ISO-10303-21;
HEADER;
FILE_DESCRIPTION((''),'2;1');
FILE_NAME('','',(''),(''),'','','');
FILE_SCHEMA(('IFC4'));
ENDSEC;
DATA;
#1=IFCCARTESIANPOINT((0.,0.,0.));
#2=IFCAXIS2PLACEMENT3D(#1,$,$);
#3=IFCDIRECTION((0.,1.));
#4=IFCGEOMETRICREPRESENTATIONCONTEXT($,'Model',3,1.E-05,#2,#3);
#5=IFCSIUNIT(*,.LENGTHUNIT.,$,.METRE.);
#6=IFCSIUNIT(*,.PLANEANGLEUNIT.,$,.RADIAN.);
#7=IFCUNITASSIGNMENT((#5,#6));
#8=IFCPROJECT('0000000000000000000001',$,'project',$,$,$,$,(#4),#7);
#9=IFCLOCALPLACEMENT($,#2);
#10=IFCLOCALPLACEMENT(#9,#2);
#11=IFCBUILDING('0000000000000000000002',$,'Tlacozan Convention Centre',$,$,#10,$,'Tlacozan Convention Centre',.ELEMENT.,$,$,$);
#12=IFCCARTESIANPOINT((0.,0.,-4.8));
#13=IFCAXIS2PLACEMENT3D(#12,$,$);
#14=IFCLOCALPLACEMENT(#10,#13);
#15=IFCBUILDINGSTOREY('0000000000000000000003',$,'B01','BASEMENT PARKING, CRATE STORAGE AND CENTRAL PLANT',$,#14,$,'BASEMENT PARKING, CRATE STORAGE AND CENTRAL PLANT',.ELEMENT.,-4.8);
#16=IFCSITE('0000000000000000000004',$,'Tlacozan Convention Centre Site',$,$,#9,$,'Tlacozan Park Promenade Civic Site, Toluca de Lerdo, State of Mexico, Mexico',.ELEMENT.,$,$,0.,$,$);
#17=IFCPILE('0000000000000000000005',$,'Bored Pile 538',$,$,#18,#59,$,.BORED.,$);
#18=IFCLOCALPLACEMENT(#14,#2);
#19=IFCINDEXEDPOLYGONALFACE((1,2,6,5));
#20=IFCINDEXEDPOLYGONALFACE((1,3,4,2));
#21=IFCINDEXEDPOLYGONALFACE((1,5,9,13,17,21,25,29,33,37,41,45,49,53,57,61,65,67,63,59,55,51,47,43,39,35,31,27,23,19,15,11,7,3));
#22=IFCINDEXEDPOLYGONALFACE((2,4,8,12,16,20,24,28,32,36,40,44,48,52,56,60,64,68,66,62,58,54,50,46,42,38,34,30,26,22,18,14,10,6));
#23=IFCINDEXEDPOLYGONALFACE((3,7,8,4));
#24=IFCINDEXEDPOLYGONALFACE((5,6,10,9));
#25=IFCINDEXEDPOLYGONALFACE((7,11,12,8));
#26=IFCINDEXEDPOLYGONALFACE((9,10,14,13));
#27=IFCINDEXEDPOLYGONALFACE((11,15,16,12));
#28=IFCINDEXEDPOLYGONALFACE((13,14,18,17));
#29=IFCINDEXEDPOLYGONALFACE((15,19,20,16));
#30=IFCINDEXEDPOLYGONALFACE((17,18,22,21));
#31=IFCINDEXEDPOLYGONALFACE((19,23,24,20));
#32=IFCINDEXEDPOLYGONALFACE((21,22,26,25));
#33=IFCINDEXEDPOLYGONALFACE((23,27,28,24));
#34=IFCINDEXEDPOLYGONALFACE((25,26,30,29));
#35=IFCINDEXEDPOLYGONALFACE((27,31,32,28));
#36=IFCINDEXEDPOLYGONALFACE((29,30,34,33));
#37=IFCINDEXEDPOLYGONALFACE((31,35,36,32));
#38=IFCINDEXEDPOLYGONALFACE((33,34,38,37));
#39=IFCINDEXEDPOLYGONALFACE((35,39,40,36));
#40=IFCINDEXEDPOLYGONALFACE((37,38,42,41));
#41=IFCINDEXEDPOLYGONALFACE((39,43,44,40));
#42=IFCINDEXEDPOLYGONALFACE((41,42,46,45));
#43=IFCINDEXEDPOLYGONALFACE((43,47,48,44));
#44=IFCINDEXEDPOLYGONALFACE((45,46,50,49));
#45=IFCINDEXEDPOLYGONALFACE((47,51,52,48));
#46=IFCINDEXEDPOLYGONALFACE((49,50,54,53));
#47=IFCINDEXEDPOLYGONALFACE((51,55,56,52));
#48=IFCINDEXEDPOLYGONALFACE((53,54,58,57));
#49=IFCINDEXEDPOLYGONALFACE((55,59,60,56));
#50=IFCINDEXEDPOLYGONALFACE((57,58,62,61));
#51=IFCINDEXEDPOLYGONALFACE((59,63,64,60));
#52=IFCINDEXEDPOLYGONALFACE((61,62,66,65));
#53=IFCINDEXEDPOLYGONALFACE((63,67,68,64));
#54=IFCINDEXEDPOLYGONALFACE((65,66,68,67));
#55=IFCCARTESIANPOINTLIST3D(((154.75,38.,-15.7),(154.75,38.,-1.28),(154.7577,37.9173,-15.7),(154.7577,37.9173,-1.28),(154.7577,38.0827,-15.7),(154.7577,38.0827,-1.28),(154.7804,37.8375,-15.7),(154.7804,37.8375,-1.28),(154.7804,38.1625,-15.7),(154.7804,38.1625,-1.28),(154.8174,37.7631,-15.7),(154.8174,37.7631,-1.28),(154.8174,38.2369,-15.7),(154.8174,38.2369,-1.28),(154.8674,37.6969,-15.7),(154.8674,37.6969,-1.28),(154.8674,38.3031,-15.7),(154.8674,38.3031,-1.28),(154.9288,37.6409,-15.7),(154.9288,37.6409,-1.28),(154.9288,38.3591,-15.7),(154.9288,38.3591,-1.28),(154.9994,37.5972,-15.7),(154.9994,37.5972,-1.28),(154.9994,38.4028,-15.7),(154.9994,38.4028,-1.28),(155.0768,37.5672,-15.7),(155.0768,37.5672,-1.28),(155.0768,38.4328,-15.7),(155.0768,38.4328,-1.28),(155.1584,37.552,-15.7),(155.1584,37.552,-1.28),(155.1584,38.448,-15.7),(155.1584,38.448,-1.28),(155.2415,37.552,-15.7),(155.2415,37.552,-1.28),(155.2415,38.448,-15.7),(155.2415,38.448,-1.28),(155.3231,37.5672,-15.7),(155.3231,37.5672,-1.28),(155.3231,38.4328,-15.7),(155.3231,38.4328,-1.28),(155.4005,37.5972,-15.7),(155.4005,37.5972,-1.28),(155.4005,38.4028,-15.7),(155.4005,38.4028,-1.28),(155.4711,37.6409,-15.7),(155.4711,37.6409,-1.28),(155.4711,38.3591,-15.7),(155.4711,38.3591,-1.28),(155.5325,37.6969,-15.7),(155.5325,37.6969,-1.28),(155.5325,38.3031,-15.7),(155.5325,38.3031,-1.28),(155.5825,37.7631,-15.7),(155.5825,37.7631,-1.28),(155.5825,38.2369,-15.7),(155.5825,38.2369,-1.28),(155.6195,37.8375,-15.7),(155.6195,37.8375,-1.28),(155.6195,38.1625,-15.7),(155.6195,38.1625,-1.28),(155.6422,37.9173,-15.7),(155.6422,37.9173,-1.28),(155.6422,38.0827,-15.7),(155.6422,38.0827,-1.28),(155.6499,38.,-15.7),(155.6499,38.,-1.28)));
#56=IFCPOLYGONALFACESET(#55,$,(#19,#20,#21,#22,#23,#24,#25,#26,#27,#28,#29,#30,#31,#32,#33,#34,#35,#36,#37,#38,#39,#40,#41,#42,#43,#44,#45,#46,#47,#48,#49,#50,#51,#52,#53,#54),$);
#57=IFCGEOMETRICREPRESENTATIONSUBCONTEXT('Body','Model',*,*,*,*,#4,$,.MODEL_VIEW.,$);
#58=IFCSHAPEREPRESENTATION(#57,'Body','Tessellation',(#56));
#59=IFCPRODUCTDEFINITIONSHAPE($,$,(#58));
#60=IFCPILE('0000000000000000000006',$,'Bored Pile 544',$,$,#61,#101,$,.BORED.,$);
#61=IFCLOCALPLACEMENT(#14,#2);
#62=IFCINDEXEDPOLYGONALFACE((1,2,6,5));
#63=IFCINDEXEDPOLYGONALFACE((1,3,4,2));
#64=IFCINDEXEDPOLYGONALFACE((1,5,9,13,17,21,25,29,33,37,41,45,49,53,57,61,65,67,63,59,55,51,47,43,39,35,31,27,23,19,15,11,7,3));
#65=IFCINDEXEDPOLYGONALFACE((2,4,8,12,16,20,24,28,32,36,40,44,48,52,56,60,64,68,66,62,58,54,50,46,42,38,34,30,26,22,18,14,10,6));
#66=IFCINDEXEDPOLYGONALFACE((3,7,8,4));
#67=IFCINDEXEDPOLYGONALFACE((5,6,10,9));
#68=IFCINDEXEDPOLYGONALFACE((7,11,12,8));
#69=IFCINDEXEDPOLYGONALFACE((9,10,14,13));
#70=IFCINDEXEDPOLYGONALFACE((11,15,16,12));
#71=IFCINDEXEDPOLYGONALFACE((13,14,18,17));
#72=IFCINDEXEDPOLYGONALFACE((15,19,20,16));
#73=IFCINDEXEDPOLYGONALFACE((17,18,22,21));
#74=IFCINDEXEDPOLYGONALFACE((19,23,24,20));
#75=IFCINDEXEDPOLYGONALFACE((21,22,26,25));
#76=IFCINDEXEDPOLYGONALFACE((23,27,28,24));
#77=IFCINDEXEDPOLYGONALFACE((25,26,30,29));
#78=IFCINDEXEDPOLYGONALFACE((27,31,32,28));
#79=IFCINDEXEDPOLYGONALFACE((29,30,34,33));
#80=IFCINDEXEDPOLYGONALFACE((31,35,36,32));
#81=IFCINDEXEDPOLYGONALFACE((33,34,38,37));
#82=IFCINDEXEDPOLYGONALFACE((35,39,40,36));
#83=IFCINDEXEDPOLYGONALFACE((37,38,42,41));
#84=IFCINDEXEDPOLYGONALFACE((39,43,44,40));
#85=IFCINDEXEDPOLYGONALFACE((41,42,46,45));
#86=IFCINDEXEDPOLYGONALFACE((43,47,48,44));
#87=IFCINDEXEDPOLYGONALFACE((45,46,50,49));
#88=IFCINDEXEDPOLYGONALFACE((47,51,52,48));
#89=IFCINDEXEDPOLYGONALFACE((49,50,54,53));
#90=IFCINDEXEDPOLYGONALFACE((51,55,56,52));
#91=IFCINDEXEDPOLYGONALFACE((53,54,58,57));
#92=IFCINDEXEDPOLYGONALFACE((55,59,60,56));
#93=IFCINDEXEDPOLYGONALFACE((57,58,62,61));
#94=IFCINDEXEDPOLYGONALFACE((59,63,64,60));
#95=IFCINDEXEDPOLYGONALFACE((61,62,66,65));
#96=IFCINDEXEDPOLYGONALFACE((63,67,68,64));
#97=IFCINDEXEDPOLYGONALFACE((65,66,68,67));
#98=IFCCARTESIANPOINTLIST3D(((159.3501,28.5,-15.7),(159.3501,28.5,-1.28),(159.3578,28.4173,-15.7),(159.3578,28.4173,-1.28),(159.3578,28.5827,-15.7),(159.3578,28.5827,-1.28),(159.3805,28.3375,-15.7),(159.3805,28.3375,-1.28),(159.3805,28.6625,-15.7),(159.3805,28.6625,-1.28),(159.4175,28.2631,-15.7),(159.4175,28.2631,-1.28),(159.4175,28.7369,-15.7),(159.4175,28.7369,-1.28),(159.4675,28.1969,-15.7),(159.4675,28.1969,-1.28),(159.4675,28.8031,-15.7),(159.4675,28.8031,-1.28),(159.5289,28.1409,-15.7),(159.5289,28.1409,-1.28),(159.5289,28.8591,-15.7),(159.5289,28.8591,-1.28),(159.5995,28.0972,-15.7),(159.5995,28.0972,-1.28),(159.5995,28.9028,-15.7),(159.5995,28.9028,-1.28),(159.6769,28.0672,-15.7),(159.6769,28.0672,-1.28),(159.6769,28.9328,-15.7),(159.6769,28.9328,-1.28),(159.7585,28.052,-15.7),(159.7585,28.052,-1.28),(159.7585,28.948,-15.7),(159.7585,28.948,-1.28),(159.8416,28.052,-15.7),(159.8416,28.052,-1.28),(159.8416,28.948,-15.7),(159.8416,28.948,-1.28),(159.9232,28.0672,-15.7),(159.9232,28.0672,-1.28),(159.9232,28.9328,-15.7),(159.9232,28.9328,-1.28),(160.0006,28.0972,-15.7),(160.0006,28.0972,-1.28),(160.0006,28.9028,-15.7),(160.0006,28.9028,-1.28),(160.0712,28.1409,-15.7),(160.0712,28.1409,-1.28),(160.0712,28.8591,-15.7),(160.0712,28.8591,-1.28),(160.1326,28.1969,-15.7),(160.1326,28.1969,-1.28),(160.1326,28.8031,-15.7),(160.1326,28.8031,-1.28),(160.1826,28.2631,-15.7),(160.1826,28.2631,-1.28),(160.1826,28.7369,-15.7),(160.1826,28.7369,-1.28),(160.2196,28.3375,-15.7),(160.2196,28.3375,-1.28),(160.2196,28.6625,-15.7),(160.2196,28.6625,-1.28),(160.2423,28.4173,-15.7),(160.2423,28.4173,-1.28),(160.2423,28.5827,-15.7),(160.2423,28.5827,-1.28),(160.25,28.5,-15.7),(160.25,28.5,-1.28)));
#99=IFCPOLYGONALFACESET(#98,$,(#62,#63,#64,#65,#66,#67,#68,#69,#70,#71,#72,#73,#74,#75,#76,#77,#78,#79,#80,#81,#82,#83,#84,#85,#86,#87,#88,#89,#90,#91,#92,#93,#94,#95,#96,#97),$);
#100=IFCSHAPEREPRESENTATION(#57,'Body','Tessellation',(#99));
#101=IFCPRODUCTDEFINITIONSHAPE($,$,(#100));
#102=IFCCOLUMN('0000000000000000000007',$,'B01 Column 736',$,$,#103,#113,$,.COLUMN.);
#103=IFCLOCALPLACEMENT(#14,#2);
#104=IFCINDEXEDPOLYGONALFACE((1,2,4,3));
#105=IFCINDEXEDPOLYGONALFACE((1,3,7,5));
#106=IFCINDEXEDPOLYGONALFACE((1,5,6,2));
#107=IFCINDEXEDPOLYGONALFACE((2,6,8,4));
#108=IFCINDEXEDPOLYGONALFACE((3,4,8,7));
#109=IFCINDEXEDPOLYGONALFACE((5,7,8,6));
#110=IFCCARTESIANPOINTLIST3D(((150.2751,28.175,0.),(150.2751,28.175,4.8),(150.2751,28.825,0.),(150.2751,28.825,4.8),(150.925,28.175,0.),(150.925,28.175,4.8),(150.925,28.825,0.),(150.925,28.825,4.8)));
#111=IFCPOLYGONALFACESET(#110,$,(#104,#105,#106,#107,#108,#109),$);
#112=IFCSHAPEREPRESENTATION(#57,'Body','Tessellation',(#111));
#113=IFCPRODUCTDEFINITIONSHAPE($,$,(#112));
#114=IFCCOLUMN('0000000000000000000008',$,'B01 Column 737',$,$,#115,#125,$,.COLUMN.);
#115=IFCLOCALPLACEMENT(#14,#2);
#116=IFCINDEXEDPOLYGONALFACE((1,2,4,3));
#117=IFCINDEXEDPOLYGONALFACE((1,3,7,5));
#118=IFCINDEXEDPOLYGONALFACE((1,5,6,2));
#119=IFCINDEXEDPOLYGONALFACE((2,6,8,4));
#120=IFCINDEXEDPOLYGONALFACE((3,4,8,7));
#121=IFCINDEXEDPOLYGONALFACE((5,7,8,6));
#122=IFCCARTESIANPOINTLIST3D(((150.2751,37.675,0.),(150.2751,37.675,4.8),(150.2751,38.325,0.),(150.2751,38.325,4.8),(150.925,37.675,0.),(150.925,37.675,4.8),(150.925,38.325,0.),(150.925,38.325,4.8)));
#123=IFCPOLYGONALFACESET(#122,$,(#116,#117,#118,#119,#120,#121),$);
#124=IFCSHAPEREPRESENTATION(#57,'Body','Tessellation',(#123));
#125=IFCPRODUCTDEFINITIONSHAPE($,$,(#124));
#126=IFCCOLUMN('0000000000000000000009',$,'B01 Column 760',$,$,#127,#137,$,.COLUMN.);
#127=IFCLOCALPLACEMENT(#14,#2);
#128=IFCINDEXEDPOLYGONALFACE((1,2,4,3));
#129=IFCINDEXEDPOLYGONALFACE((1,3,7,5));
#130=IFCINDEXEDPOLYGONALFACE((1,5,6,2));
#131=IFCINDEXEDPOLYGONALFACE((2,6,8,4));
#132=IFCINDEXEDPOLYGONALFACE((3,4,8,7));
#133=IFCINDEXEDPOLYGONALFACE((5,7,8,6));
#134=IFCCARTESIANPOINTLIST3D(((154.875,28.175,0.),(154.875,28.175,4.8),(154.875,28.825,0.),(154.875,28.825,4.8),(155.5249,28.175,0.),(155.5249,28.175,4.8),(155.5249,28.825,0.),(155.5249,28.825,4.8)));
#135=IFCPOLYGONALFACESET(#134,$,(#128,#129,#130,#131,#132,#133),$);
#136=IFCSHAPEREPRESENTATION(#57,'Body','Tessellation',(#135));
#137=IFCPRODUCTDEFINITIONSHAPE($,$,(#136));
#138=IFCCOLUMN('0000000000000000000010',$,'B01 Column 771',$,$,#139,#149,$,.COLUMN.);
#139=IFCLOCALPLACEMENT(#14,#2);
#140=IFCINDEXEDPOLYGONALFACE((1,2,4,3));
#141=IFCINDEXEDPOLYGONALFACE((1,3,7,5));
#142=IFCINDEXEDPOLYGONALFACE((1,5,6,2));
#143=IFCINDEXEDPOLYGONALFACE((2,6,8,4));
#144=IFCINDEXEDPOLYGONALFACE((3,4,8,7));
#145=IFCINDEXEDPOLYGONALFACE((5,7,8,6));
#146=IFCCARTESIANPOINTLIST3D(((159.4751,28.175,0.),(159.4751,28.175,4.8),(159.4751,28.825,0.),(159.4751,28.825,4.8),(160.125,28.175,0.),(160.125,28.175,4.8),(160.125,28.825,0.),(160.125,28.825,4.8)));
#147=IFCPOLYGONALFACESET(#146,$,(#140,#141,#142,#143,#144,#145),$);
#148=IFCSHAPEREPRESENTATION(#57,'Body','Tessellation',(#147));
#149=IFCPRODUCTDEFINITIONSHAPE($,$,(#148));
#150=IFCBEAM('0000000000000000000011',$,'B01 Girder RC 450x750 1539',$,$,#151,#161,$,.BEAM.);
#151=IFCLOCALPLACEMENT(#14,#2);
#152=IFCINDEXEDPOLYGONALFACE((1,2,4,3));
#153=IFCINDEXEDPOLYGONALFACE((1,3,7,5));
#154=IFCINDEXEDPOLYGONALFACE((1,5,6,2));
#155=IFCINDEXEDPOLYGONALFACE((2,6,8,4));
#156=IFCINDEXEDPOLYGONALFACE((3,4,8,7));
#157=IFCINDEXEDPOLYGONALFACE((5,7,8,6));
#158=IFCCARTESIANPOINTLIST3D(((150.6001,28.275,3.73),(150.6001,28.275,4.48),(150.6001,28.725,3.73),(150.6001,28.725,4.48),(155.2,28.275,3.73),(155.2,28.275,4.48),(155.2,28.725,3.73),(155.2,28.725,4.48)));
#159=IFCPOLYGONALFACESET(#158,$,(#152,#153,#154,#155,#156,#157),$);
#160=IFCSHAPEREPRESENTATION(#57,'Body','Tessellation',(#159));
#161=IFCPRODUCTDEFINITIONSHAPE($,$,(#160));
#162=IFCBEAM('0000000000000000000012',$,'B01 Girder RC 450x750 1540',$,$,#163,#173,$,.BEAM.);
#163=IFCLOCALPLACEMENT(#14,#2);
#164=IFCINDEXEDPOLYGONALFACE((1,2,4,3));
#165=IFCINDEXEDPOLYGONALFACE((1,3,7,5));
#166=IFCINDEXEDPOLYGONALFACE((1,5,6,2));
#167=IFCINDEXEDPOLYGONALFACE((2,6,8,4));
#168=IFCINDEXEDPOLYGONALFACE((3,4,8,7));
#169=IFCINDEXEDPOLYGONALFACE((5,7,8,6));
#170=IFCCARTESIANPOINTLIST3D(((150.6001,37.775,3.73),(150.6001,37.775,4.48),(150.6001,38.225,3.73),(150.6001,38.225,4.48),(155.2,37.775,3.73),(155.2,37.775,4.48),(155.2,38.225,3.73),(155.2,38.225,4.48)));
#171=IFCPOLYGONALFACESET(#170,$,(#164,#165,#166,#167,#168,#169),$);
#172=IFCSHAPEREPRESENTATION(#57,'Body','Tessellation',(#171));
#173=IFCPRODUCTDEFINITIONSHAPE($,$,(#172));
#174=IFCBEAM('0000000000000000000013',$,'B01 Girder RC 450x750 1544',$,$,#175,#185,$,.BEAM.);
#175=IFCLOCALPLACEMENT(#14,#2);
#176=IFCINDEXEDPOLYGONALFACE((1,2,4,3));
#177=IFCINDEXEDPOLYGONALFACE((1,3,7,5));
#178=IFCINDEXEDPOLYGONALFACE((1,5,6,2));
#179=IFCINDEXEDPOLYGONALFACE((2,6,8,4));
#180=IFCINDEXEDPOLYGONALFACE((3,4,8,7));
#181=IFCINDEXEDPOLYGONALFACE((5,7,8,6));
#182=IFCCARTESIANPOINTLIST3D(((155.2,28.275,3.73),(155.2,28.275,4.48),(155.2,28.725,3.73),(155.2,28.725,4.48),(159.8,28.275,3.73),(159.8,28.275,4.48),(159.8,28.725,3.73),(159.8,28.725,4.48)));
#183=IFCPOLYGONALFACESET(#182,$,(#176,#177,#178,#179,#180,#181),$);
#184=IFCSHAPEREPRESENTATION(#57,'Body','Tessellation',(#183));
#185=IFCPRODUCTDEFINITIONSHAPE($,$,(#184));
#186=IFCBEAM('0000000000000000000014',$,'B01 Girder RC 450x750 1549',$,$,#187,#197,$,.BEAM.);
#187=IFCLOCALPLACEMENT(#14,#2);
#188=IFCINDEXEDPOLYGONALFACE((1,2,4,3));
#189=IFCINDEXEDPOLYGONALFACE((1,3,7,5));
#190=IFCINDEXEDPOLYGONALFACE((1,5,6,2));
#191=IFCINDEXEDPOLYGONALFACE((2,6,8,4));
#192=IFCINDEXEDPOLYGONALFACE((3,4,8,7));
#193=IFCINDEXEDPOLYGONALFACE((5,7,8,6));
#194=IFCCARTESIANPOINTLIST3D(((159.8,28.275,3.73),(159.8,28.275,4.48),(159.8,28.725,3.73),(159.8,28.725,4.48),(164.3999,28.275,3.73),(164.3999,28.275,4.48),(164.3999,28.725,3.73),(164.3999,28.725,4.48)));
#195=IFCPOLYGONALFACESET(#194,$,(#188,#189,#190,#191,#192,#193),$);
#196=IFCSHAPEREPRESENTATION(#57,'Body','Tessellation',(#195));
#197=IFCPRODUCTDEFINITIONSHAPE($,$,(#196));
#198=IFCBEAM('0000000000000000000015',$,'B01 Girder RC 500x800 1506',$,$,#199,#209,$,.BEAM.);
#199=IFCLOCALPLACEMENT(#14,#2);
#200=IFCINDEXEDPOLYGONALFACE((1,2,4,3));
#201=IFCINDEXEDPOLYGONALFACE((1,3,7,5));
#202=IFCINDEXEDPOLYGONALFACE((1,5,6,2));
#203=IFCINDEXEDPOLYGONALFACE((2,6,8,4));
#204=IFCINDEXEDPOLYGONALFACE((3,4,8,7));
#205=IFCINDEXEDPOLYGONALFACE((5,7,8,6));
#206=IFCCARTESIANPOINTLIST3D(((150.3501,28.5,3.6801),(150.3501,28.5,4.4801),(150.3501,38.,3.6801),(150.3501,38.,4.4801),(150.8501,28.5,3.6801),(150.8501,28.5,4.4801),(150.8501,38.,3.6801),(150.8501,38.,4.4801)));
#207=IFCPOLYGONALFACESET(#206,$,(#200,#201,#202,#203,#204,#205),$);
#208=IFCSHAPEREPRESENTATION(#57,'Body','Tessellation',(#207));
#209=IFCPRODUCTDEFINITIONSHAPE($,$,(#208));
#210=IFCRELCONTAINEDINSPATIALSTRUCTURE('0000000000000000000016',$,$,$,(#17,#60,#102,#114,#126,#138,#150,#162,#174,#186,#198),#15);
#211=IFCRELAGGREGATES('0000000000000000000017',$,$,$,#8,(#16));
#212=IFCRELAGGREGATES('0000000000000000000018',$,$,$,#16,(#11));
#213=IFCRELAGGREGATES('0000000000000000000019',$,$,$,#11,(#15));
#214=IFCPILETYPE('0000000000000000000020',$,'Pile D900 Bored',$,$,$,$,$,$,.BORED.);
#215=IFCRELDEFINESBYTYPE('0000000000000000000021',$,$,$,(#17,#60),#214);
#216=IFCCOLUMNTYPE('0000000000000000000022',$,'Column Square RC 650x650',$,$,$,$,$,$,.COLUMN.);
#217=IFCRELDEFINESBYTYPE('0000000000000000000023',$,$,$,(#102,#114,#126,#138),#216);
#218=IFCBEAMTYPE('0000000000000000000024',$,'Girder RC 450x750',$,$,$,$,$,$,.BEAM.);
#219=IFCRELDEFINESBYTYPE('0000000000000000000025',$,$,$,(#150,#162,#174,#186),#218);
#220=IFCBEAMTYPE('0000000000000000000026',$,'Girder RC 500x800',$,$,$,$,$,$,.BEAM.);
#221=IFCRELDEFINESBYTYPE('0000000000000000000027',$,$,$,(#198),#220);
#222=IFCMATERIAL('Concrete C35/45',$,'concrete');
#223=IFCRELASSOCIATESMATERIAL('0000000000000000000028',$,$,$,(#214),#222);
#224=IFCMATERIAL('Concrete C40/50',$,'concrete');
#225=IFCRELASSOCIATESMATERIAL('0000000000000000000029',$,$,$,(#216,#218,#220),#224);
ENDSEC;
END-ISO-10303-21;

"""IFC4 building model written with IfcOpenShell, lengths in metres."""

from ifc_helpers import new_model, si_unit, direction, frame, origin, origin_2d, place, context, subcontext, project, spatial, rectangle, circle, extrude, material, material_profile, profile_set, type_object, element, save


model = new_model("IFC4")

# Units and contexts
model_context = context("Model", 3, precision=1e-05, world=origin(), true_north=direction((0.0, 1.0)))
body_context = subcontext(model_context, "Body", "Model", "MODEL_VIEW")
ifc_project = project(units=[si_unit("LENGTHUNIT", "METRE"), si_unit("PLANEANGLEUNIT", "RADIAN")], contexts=[model_context])

# Site, building, storey
site_placement = place(None, origin())
site = spatial("IfcSite", under=ifc_project, at=site_placement, Name="Tlacozan Convention Centre Site", LongName="Tlacozan Park Promenade Civic Site, Toluca de Lerdo, State of Mexico, Mexico", CompositionType="ELEMENT", RefElevation=0.0)
building_placement = place(site_placement, origin())
building = spatial("IfcBuilding", under=site, at=building_placement, Name="Tlacozan Convention Centre", LongName="Tlacozan Convention Centre", CompositionType="ELEMENT")
storey_placement = place(building_placement, frame((0.0, 0.0, -4.8)))
storey = spatial("IfcBuildingStorey", under=building, at=storey_placement, Name="B01", Description="BASEMENT PARKING, CRATE STORAGE AND CENTRAL PLANT", LongName="BASEMENT PARKING, CRATE STORAGE AND CENTRAL PLANT", CompositionType="ELEMENT", Elevation=-4.8)

# Shared definitions
ifc_material_1 = material(Name="Concrete C35/45", Category="concrete")

# Piles
ifc_material_profile_1 = material_profile(ifc_material_1, circle(Radius=0.45, at=origin_2d()), Name="PILE D900")
ifc_profile_set_1 = profile_set([ifc_material_profile_1], Name="Concrete C35/45")
pile_type = type_object("IfcPileType", Name="Pile D900 Bored", PredefinedType="BORED", material=ifc_profile_set_1)
for number, where, z_axis, x_axis, name in (
    (1, (155.2, 38.0, -1.28), (0.0, 0.0, -1.0), (1.0, 0.0, 0.0), "Bored Pile 538"),
    (2, (159.8, 28.5, -1.28), (0.0, 0.0, -1.0), (1.0, 0.0, 0.0), "Bored Pile 544"),
):
    element("IfcPile", number, at=place(storey_placement, frame(where, z_axis=z_axis, x_axis=x_axis)), inside=storey, type_object=pile_type, Name=name, PredefinedType="BORED", context=body_context, shape_type="SweptSolid", body=[
        extrude(circle(Radius=0.45, at=origin_2d()), origin(), (0.0, 0.0, 1.0), 14.4199),
    ])

# Columns
ifc_material_2 = material(Name="Concrete C40/50", Category="concrete")
ifc_material_profile_2 = material_profile(ifc_material_2, rectangle(XDim=0.6499, YDim=0.6499, at=origin_2d()), Name="RC 650x650")
ifc_profile_set_2 = profile_set([ifc_material_profile_2], Name="Concrete C40/50")
column_type = type_object("IfcColumnType", Name="Column Square RC 650x650", PredefinedType="COLUMN", material=ifc_profile_set_2)
for number, where, z_axis, x_axis, name in (
    (3, (150.6001, 28.5, 0.0), (0.0, 0.0, 1.0), (1.0, 0.0, 0.0), "B01 Column 736"),
    (4, (150.6001, 38.0, 0.0), (0.0, 0.0, 1.0), (1.0, 0.0, 0.0), "B01 Column 737"),
    (5, (155.2, 28.5, 0.0), (0.0, 0.0, 1.0), (1.0, 0.0, 0.0), "B01 Column 760"),
    (6, (159.8, 28.5, 0.0), (0.0, 0.0, 1.0), (1.0, 0.0, 0.0), "B01 Column 771"),
):
    element("IfcColumn", number, at=place(storey_placement, frame(where, z_axis=z_axis, x_axis=x_axis)), inside=storey, type_object=column_type, Name=name, PredefinedType="COLUMN", context=body_context, shape_type="SweptSolid", body=[
        extrude(rectangle(XDim=0.6499, YDim=0.6499, at=origin_2d()), origin(), (0.0, 0.0, 1.0), 4.8),
    ])

# Beams
ifc_material_profile_3 = material_profile(ifc_material_2, rectangle(XDim=0.45, YDim=0.75, at=origin_2d()), Name="RC 450x750")
ifc_profile_set_3 = profile_set([ifc_material_profile_3], Name="Concrete C40/50")
beam_type_1 = type_object("IfcBeamType", Name="Girder RC 450x750", PredefinedType="BEAM", material=ifc_profile_set_3)
for number, where, z_axis, x_axis, name in (
    (7, (150.6001, 28.5, 4.105), (1.0, 0.0, 0.0), (0.0, 1.0, 0.0), "B01 Girder RC 450x750 1539"),
    (8, (150.6001, 38.0, 4.105), (1.0, 0.0, 0.0), (0.0, 1.0, 0.0), "B01 Girder RC 450x750 1540"),
):
    element("IfcBeam", number, at=place(storey_placement, frame(where, z_axis=z_axis, x_axis=x_axis)), inside=storey, type_object=beam_type_1, Name=name, PredefinedType="BEAM", context=body_context, shape_type="SweptSolid", body=[
        extrude(rectangle(XDim=0.45, YDim=0.75, at=origin_2d()), origin(), (0.0, 0.0, 1.0), 4.5999),
    ])
beam_1_placement = place(storey_placement, frame((155.2, 28.5, 4.105), z_axis=(1.0, 0.0, 0.0), x_axis=(0.0, 1.0, 0.0)))
element("IfcBeam", 9, at=beam_1_placement, inside=storey, type_object=beam_type_1, Name="B01 Girder RC 450x750 1544", PredefinedType="BEAM", context=body_context, shape_type="SweptSolid", body=[
    extrude(rectangle(XDim=0.45, YDim=0.75, at=origin_2d()), origin(), (0.0, 0.0, 1.0), 4.6001),
])
beam_2_placement = place(storey_placement, frame((159.8, 28.5, 4.105), z_axis=(1.0, 0.0, 0.0), x_axis=(0.0, 1.0, 0.0)))
element("IfcBeam", 10, at=beam_2_placement, inside=storey, type_object=beam_type_1, Name="B01 Girder RC 450x750 1549", PredefinedType="BEAM", context=body_context, shape_type="SweptSolid", body=[
    extrude(rectangle(XDim=0.45, YDim=0.75, at=origin_2d()), origin(), (0.0, 0.0, 1.0), 4.5999),
])
ifc_material_profile_4 = material_profile(ifc_material_2, rectangle(XDim=0.5, YDim=0.8, at=origin_2d()), Name="RC 500x800")
ifc_profile_set_4 = profile_set([ifc_material_profile_4], Name="Concrete C40/50")
beam_type_2 = type_object("IfcBeamType", Name="Girder RC 500x800", PredefinedType="BEAM", material=ifc_profile_set_4)
beam_3_placement = place(storey_placement, frame((150.6001, 28.5, 4.0801), z_axis=(0.0, 1.0, 0.0), x_axis=(-1.0, 0.0, 0.0)))
element("IfcBeam", 11, at=beam_3_placement, inside=storey, type_object=beam_type_2, Name="B01 Girder RC 500x800 1506", PredefinedType="BEAM", context=body_context, shape_type="SweptSolid", body=[
    extrude(rectangle(XDim=0.5, YDim=0.8, at=origin_2d()), origin(), (0.0, 0.0, 1.0), 9.5),
])

save(model, "model.ifc")
